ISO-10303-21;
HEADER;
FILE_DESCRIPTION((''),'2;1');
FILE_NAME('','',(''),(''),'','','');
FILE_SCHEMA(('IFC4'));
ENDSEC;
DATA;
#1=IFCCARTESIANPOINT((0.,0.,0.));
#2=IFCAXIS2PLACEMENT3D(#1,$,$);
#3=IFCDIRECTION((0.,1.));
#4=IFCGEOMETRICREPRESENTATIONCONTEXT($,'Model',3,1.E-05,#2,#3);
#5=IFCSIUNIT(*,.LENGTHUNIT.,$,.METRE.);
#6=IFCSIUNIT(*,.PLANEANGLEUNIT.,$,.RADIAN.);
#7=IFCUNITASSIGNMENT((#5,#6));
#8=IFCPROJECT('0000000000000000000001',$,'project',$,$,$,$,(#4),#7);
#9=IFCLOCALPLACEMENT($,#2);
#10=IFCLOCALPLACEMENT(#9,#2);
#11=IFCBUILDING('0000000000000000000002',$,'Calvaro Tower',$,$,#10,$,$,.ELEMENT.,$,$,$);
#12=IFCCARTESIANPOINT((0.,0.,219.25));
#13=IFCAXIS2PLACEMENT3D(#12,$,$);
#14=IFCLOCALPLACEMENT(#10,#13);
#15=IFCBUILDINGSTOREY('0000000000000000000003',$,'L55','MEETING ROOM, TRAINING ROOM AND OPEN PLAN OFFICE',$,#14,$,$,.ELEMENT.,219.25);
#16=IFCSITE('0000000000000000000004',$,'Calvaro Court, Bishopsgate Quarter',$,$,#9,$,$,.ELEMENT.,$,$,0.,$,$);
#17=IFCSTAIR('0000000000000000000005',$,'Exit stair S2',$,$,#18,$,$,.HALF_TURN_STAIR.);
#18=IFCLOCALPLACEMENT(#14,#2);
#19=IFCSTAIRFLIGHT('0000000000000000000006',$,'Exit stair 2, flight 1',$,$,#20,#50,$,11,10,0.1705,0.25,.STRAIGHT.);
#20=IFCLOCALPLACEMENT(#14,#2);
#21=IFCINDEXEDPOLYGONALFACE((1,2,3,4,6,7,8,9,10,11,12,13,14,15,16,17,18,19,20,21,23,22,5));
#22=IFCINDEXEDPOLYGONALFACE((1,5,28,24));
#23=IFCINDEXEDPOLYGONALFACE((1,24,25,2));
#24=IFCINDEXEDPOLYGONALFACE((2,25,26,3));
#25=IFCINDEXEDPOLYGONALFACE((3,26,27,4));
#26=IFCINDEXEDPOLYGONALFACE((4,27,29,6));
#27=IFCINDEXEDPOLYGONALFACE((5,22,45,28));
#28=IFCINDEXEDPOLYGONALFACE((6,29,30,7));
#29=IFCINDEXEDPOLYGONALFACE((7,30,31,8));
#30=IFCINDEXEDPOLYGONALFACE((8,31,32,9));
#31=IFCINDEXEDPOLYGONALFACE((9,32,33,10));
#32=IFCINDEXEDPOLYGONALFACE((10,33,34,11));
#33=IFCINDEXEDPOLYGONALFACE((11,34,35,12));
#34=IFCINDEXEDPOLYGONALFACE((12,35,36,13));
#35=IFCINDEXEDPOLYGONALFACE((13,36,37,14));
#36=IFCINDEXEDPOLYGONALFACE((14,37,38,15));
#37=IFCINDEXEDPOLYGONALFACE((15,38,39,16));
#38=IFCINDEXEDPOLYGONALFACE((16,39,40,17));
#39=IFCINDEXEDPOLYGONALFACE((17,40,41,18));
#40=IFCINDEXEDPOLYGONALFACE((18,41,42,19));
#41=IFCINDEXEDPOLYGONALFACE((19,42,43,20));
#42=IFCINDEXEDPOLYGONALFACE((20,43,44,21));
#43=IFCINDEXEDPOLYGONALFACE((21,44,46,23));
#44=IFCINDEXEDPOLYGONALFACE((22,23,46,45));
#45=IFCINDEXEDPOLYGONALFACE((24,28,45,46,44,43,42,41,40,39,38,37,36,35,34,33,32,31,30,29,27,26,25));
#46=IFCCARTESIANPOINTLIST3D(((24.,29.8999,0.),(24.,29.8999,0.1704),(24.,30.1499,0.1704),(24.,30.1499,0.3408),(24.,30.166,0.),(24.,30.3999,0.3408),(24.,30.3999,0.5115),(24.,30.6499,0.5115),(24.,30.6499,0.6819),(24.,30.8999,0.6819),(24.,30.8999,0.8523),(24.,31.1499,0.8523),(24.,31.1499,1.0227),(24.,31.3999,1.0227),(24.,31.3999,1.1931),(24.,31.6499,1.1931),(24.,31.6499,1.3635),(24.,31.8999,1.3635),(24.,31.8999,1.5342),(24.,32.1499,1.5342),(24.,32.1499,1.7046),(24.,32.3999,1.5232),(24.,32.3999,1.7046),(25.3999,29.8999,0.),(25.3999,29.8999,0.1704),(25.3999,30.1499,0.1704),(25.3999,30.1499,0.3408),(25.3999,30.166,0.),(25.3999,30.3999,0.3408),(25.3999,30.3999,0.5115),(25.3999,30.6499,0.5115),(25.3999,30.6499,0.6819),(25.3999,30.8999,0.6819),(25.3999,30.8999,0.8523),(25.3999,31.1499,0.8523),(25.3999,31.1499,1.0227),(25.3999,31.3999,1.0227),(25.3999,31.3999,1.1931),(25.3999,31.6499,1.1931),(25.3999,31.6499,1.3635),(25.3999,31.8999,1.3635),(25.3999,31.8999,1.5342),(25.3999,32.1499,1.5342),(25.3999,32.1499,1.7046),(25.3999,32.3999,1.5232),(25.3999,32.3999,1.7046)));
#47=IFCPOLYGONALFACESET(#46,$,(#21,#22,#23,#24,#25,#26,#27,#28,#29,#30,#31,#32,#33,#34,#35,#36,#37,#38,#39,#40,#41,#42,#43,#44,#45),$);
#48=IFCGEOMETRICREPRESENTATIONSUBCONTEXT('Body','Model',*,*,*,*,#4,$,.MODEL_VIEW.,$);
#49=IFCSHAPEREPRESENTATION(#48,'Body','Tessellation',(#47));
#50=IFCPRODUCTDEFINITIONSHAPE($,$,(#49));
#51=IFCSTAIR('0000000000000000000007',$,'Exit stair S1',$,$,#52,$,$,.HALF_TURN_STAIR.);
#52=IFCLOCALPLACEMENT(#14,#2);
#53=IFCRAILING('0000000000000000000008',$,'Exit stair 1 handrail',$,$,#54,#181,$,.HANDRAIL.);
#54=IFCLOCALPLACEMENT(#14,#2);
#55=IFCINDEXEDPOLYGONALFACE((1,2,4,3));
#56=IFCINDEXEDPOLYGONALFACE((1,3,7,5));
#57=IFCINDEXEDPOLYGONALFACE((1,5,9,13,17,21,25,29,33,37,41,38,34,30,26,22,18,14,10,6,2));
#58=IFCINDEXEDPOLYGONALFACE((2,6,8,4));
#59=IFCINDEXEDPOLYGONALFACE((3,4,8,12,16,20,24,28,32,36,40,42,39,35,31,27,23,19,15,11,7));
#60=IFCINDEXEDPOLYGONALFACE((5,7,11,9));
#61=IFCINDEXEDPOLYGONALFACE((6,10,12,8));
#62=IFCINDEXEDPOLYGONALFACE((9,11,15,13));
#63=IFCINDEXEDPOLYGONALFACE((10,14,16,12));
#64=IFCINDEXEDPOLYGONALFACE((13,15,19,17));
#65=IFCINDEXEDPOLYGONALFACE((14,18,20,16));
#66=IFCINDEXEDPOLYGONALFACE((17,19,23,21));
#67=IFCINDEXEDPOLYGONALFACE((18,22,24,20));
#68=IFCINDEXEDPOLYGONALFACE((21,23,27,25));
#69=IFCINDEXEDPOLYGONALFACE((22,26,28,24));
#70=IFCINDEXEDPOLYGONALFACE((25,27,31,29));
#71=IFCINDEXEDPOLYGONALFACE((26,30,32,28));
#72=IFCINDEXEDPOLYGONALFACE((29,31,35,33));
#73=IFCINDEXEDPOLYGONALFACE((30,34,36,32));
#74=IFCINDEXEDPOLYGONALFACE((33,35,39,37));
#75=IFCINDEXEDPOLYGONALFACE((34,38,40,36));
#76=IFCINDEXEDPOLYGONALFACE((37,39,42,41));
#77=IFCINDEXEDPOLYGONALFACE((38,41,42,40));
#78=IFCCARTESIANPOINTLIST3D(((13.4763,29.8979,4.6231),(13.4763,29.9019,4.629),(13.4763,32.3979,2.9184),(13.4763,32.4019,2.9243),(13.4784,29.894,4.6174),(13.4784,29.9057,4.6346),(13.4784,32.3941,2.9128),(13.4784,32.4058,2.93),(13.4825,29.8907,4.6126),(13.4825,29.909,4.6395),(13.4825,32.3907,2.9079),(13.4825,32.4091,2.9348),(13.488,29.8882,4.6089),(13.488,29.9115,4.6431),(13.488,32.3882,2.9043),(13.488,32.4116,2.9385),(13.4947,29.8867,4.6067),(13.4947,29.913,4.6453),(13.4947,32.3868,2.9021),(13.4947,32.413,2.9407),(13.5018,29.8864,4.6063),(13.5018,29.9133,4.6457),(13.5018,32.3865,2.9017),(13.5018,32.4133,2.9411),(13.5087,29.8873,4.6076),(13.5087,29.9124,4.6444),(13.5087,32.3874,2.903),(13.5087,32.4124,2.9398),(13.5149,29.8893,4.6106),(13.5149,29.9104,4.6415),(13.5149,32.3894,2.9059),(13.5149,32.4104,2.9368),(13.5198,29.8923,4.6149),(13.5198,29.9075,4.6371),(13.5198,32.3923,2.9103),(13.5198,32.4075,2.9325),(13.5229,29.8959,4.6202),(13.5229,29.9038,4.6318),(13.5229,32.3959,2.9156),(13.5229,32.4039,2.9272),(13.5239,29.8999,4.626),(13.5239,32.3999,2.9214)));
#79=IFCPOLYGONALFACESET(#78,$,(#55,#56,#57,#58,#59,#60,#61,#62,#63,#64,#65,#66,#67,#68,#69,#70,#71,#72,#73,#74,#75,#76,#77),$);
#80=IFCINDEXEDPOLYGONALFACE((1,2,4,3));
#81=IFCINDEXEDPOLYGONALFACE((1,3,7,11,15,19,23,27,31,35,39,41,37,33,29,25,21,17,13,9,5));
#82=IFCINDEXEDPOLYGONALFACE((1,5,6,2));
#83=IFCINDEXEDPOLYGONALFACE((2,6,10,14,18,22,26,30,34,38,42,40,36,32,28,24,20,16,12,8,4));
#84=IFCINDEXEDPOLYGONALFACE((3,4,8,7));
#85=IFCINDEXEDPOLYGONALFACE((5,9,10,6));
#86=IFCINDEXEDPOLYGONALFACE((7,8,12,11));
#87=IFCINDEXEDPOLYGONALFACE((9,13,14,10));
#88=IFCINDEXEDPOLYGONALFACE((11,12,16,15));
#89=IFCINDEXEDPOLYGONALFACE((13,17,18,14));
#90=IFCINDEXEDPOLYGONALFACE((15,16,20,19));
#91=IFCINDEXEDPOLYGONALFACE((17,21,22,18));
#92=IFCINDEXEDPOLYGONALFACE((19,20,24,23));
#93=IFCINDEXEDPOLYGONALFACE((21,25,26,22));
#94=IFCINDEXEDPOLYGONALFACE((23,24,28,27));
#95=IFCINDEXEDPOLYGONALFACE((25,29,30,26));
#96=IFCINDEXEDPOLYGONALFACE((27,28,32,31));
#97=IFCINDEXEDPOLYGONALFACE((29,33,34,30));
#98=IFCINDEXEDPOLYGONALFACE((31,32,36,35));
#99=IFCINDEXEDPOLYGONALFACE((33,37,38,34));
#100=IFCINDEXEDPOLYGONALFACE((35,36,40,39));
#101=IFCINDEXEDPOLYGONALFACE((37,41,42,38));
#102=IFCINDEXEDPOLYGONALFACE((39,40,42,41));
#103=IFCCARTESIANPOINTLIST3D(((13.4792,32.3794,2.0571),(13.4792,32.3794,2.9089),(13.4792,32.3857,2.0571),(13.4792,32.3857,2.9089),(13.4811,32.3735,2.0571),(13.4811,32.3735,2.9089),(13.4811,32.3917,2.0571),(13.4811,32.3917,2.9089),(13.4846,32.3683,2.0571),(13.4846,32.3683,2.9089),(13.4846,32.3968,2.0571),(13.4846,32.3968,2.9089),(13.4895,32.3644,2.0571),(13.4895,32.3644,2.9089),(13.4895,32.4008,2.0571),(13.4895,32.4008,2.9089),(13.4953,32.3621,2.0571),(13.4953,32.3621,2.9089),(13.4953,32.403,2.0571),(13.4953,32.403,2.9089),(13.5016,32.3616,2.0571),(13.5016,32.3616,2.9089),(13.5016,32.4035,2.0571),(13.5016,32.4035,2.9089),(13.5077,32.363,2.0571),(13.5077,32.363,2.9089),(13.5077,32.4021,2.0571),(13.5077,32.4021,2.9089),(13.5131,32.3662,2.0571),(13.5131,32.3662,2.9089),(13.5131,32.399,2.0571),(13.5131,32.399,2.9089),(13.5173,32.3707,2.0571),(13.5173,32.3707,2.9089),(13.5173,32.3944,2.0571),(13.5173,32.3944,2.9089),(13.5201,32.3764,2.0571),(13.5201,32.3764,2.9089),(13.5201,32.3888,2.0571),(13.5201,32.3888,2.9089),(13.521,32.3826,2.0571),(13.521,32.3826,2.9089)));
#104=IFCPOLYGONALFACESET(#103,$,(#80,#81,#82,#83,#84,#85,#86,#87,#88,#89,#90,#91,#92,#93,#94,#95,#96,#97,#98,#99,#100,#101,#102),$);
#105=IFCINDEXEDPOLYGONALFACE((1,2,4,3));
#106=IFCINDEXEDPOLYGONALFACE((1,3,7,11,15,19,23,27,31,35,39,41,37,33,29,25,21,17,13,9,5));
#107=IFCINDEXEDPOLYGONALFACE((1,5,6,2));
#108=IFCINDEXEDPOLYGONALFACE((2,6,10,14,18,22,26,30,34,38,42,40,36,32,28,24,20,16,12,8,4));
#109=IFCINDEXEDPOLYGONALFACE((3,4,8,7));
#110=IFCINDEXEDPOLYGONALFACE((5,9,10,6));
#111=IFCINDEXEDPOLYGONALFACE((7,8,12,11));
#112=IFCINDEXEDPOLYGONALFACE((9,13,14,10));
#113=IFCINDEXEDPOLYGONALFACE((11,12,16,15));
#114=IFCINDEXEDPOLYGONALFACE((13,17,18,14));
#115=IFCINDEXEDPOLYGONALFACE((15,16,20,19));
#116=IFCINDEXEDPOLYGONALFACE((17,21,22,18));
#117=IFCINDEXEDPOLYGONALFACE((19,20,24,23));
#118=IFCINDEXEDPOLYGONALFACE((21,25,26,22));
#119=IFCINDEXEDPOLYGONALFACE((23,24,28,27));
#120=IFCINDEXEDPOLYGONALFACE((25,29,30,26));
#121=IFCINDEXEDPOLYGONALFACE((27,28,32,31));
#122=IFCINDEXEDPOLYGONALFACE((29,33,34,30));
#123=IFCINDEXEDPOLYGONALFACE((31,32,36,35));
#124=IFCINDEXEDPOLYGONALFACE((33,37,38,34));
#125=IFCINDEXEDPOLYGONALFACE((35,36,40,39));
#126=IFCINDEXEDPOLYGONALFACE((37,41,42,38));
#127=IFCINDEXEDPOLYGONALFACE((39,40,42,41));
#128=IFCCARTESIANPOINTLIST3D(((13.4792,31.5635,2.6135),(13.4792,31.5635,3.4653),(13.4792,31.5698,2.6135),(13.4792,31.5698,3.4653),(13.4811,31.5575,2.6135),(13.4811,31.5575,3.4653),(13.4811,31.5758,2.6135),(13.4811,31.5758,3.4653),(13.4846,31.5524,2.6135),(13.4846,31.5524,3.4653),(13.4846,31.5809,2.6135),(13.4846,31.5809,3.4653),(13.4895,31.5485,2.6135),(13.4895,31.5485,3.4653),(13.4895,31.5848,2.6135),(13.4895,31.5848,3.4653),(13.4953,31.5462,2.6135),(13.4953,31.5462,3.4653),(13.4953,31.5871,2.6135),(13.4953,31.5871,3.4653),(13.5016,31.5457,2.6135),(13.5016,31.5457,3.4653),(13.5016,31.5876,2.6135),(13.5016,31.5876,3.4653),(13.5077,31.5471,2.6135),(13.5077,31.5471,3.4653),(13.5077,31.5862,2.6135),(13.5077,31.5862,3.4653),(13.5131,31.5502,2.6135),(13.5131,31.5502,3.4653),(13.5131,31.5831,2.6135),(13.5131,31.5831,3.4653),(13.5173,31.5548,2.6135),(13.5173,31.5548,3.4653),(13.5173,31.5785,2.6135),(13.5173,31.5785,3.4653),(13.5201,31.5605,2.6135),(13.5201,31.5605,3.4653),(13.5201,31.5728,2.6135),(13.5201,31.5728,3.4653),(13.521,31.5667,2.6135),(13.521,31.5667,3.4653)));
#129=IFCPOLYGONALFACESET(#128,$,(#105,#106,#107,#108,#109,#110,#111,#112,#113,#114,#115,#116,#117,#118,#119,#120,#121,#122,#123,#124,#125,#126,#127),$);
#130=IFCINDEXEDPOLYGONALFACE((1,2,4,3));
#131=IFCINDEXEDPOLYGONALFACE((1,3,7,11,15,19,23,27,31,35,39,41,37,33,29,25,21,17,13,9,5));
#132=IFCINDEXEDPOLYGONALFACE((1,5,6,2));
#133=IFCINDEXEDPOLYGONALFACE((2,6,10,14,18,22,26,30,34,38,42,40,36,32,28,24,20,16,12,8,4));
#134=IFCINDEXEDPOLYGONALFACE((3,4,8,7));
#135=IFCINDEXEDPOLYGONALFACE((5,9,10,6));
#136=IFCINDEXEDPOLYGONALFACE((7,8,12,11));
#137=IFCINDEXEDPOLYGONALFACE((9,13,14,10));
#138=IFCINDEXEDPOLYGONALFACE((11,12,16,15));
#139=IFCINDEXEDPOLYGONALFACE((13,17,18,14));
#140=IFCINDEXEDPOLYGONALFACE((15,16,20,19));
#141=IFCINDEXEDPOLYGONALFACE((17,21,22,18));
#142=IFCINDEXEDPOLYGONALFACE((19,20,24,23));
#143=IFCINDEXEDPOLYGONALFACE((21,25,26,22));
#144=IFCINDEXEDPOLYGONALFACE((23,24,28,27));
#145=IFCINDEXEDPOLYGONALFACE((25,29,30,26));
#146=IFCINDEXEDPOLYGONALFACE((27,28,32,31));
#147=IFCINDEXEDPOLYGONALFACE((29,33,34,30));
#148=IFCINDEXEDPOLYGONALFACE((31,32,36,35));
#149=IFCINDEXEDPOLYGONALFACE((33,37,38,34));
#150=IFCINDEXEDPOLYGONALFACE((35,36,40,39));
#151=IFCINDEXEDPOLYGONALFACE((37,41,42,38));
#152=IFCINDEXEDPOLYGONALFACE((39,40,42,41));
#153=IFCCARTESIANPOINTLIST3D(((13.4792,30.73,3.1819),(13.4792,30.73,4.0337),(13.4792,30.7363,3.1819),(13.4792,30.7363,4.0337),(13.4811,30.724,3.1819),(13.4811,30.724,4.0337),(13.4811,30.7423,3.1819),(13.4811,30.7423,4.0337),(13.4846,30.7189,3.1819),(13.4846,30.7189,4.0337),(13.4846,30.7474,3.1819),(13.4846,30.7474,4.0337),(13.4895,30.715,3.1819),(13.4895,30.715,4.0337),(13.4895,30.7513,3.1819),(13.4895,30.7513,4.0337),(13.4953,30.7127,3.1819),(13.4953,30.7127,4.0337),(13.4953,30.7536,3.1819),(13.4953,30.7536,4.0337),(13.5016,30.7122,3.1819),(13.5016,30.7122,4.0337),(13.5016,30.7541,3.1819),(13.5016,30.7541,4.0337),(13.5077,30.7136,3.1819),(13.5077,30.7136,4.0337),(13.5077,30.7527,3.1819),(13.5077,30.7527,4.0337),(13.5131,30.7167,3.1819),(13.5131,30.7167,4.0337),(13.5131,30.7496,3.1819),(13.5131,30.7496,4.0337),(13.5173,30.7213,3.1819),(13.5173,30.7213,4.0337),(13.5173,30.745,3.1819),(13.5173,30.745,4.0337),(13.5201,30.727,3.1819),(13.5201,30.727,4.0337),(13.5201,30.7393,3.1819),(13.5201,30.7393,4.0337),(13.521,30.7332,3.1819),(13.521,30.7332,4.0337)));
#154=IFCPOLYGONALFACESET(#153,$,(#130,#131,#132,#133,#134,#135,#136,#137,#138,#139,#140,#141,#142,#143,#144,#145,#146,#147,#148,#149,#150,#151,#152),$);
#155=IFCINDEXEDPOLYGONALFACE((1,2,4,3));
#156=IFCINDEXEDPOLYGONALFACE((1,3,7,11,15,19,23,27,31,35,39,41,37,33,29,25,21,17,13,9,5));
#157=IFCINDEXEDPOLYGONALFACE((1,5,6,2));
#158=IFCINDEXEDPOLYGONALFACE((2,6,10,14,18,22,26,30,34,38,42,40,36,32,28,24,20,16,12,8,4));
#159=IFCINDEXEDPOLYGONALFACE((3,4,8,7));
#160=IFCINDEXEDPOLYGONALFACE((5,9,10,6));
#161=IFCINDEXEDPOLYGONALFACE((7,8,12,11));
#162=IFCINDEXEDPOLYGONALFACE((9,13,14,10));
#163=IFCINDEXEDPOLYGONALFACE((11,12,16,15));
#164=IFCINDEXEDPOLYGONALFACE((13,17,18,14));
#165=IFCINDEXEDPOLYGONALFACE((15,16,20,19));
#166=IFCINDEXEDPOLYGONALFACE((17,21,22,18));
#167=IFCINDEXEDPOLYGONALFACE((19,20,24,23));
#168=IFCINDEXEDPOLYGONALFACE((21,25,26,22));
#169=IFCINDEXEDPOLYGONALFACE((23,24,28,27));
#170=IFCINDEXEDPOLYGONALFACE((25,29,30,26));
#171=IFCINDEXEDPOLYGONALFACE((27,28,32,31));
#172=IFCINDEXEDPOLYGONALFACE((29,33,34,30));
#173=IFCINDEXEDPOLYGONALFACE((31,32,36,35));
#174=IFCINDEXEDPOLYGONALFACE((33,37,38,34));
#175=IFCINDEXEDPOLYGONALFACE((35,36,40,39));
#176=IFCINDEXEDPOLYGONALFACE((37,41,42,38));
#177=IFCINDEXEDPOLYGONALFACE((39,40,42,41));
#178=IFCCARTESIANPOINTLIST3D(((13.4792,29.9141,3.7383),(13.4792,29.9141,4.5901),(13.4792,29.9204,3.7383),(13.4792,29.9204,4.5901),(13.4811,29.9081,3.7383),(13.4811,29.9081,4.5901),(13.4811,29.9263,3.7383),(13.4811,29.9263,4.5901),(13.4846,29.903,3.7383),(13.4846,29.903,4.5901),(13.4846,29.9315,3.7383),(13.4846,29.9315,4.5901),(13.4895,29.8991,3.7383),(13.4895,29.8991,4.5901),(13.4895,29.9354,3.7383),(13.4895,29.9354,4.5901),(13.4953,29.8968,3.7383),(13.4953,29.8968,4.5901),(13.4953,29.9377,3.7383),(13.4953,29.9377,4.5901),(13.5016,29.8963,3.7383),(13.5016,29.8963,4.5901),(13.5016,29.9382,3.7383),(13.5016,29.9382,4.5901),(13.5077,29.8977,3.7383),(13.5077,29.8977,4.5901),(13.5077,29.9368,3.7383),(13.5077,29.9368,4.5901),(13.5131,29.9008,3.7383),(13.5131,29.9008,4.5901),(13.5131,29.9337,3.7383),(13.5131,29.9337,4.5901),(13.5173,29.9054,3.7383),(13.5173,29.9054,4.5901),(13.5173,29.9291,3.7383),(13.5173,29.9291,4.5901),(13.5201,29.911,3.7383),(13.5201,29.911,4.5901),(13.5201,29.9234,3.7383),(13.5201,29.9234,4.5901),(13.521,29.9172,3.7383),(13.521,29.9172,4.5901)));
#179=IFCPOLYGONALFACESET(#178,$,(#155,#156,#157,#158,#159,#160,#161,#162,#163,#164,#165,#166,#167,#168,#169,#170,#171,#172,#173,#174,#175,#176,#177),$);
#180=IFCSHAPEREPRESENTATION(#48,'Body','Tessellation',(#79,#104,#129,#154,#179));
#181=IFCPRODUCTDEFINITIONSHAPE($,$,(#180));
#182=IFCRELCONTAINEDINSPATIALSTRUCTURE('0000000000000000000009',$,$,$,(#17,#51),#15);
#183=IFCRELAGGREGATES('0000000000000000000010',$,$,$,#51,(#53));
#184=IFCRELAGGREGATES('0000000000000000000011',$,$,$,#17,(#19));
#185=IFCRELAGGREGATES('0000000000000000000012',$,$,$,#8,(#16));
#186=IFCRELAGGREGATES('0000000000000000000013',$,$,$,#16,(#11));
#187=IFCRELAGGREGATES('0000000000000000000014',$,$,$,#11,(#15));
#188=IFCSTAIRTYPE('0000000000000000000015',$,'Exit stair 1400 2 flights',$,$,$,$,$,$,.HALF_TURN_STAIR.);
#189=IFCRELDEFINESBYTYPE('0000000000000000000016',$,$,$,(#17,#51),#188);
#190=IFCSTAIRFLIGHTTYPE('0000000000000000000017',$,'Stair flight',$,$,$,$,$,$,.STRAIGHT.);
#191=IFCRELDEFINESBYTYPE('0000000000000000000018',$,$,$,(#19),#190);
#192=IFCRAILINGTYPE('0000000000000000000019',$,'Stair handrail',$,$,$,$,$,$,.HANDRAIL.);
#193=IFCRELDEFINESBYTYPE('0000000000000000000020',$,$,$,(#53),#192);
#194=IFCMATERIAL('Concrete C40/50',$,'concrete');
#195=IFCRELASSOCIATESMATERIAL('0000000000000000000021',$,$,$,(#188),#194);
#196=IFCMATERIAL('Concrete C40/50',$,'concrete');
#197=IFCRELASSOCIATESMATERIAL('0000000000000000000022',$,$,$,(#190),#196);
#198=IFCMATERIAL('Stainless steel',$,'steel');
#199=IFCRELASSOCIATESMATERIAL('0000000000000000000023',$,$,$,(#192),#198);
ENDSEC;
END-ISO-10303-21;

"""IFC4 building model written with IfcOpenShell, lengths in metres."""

from ifc_helpers import new_model, si_unit, direction, frame, origin, origin_2d, place, context, subcontext, project, spatial, polyline, circle, outline, extrude, material, type_object, element, aggregate, save


model = new_model("IFC4")

# Units and contexts
model_context = context("Model", 3, precision=1e-05, world=origin(), true_north=direction((0.0, 1.0)))
body_context = subcontext(model_context, "Body", "Model", "MODEL_VIEW")
ifc_project = project(units=[si_unit("LENGTHUNIT", "METRE"), si_unit("PLANEANGLEUNIT", "RADIAN")], contexts=[model_context])

# Site, building, storey
site_placement = place(None, origin())
site = spatial("IfcSite", under=ifc_project, at=site_placement, Name="Calvaro Court, Bishopsgate Quarter", CompositionType="ELEMENT", RefElevation=0.0)
building_placement = place(site_placement, origin())
building = spatial("IfcBuilding", under=site, at=building_placement, Name="Calvaro Tower", CompositionType="ELEMENT")
storey_placement = place(building_placement, frame((0.0, 0.0, 219.25)))
storey = spatial("IfcBuildingStorey", under=building, at=storey_placement, Name="L55", Description="MEETING ROOM, TRAINING ROOM AND OPEN PLAN OFFICE", CompositionType="ELEMENT", Elevation=219.25)

# Stair, stair flight
ifc_material_1 = material(Name="Concrete C40/50", Category="concrete")
stair_type = type_object("IfcStairType", Name="Exit stair 1400 2 flights", PredefinedType="HALF_TURN_STAIR", material=ifc_material_1)
stair_1_placement = place(storey_placement, origin())
stair_1 = element("IfcStair", 1, at=stair_1_placement, inside=storey, type_object=stair_type, Name="Exit stair S2", PredefinedType="HALF_TURN_STAIR")
ifc_material_2 = material(Name="Concrete C40/50", Category="concrete")
stair_flight_type = type_object("IfcStairFlightType", Name="Stair flight", PredefinedType="STRAIGHT", material=ifc_material_2)
stair_flight_placement = place(storey_placement, frame((24.7, 29.8999, 0.0), z_axis=(0.0, 0.0, 1.0), x_axis=(0.0, 1.0, 0.0)))
stair_flight = element("IfcStairFlight", 2, at=stair_flight_placement, type_object=stair_flight_type, Name="Exit stair 2, flight 1", NumberOfRisers=11, NumberOfTreads=10, PredefinedType="STRAIGHT", RiserHeight=0.1705, TreadLength=0.25, context=body_context, shape_type="SweptSolid", body=[
    extrude(outline(polyline([(0.0, 0.0), (0.0, 0.1704), (0.25, 0.1704), (0.25, 0.3408), (0.5, 0.3408), (0.5, 0.5115), (0.75, 0.5115), (0.75, 0.6819), (1.0, 0.6819), (1.0, 0.8523), (1.25, 0.8523), (1.25, 1.0227), (1.5, 1.0227), (1.5, 1.1931), (1.75, 1.1931), (1.75, 1.3635), (2.0, 1.3635), (2.0, 1.5342), (2.25, 1.5342), (2.25, 1.7046), (2.5, 1.7046), (2.5, 1.875), (2.5, 1.5232), (0.2661, 0.0), (0.0, 0.0)])), frame((0.0, 0.7, 0.0), z_axis=(0.0, -1.0, 0.0), x_axis=(1.0, 0.0, 0.0)), (0.0, 0.0, 1.0), 1.3999),
])

# Stair, railing
stair_2_placement = place(storey_placement, origin())
stair_2 = element("IfcStair", 3, at=stair_2_placement, inside=storey, type_object=stair_type, Name="Exit stair S1", PredefinedType="HALF_TURN_STAIR")
ifc_material_3 = material(Name="Stainless steel", Category="steel")
railing_type = type_object("IfcRailingType", Name="Stair handrail", PredefinedType="HANDRAIL", material=ifc_material_3)
railing_1_placement = place(storey_placement, frame((13.5, 32.3999, 2.0454)))
railing_1 = element("IfcRailing", 4, at=railing_1_placement, type_object=railing_type, Name="Exit stair 1 handrail", PredefinedType="HANDRAIL", context=body_context, shape_type="SweptSolid", body=[
    extrude(circle(Radius=0.0239, at=origin_2d()), frame((0.0, 0.0, 0.876), z_axis=(0.0, -0.826221, 0.563347), x_axis=(1.0, 0.0, 0.0)), (0.0, 0.0, 1.0), 3.0259),
    extrude(circle(Radius=0.021, at=origin_2d()), frame((0.0, -0.0173, 0.0117)), (0.0, 0.0, 1.0), 0.8518),
    extrude(circle(Radius=0.021, at=origin_2d()), frame((0.0, -0.8333, 0.5681)), (0.0, 0.0, 1.0), 0.8518),
    extrude(circle(Radius=0.021, at=origin_2d()), frame((0.0, -1.6667, 1.1365)), (0.0, 0.0, 1.0), 0.8518),
    extrude(circle(Radius=0.021, at=origin_2d()), frame((0.0, -2.4827, 1.6929)), (0.0, 0.0, 1.0), 0.8518),
])
aggregate(stair_2, [railing_1])

aggregate(stair_1, [stair_flight])

save(model, "model.ifc")
